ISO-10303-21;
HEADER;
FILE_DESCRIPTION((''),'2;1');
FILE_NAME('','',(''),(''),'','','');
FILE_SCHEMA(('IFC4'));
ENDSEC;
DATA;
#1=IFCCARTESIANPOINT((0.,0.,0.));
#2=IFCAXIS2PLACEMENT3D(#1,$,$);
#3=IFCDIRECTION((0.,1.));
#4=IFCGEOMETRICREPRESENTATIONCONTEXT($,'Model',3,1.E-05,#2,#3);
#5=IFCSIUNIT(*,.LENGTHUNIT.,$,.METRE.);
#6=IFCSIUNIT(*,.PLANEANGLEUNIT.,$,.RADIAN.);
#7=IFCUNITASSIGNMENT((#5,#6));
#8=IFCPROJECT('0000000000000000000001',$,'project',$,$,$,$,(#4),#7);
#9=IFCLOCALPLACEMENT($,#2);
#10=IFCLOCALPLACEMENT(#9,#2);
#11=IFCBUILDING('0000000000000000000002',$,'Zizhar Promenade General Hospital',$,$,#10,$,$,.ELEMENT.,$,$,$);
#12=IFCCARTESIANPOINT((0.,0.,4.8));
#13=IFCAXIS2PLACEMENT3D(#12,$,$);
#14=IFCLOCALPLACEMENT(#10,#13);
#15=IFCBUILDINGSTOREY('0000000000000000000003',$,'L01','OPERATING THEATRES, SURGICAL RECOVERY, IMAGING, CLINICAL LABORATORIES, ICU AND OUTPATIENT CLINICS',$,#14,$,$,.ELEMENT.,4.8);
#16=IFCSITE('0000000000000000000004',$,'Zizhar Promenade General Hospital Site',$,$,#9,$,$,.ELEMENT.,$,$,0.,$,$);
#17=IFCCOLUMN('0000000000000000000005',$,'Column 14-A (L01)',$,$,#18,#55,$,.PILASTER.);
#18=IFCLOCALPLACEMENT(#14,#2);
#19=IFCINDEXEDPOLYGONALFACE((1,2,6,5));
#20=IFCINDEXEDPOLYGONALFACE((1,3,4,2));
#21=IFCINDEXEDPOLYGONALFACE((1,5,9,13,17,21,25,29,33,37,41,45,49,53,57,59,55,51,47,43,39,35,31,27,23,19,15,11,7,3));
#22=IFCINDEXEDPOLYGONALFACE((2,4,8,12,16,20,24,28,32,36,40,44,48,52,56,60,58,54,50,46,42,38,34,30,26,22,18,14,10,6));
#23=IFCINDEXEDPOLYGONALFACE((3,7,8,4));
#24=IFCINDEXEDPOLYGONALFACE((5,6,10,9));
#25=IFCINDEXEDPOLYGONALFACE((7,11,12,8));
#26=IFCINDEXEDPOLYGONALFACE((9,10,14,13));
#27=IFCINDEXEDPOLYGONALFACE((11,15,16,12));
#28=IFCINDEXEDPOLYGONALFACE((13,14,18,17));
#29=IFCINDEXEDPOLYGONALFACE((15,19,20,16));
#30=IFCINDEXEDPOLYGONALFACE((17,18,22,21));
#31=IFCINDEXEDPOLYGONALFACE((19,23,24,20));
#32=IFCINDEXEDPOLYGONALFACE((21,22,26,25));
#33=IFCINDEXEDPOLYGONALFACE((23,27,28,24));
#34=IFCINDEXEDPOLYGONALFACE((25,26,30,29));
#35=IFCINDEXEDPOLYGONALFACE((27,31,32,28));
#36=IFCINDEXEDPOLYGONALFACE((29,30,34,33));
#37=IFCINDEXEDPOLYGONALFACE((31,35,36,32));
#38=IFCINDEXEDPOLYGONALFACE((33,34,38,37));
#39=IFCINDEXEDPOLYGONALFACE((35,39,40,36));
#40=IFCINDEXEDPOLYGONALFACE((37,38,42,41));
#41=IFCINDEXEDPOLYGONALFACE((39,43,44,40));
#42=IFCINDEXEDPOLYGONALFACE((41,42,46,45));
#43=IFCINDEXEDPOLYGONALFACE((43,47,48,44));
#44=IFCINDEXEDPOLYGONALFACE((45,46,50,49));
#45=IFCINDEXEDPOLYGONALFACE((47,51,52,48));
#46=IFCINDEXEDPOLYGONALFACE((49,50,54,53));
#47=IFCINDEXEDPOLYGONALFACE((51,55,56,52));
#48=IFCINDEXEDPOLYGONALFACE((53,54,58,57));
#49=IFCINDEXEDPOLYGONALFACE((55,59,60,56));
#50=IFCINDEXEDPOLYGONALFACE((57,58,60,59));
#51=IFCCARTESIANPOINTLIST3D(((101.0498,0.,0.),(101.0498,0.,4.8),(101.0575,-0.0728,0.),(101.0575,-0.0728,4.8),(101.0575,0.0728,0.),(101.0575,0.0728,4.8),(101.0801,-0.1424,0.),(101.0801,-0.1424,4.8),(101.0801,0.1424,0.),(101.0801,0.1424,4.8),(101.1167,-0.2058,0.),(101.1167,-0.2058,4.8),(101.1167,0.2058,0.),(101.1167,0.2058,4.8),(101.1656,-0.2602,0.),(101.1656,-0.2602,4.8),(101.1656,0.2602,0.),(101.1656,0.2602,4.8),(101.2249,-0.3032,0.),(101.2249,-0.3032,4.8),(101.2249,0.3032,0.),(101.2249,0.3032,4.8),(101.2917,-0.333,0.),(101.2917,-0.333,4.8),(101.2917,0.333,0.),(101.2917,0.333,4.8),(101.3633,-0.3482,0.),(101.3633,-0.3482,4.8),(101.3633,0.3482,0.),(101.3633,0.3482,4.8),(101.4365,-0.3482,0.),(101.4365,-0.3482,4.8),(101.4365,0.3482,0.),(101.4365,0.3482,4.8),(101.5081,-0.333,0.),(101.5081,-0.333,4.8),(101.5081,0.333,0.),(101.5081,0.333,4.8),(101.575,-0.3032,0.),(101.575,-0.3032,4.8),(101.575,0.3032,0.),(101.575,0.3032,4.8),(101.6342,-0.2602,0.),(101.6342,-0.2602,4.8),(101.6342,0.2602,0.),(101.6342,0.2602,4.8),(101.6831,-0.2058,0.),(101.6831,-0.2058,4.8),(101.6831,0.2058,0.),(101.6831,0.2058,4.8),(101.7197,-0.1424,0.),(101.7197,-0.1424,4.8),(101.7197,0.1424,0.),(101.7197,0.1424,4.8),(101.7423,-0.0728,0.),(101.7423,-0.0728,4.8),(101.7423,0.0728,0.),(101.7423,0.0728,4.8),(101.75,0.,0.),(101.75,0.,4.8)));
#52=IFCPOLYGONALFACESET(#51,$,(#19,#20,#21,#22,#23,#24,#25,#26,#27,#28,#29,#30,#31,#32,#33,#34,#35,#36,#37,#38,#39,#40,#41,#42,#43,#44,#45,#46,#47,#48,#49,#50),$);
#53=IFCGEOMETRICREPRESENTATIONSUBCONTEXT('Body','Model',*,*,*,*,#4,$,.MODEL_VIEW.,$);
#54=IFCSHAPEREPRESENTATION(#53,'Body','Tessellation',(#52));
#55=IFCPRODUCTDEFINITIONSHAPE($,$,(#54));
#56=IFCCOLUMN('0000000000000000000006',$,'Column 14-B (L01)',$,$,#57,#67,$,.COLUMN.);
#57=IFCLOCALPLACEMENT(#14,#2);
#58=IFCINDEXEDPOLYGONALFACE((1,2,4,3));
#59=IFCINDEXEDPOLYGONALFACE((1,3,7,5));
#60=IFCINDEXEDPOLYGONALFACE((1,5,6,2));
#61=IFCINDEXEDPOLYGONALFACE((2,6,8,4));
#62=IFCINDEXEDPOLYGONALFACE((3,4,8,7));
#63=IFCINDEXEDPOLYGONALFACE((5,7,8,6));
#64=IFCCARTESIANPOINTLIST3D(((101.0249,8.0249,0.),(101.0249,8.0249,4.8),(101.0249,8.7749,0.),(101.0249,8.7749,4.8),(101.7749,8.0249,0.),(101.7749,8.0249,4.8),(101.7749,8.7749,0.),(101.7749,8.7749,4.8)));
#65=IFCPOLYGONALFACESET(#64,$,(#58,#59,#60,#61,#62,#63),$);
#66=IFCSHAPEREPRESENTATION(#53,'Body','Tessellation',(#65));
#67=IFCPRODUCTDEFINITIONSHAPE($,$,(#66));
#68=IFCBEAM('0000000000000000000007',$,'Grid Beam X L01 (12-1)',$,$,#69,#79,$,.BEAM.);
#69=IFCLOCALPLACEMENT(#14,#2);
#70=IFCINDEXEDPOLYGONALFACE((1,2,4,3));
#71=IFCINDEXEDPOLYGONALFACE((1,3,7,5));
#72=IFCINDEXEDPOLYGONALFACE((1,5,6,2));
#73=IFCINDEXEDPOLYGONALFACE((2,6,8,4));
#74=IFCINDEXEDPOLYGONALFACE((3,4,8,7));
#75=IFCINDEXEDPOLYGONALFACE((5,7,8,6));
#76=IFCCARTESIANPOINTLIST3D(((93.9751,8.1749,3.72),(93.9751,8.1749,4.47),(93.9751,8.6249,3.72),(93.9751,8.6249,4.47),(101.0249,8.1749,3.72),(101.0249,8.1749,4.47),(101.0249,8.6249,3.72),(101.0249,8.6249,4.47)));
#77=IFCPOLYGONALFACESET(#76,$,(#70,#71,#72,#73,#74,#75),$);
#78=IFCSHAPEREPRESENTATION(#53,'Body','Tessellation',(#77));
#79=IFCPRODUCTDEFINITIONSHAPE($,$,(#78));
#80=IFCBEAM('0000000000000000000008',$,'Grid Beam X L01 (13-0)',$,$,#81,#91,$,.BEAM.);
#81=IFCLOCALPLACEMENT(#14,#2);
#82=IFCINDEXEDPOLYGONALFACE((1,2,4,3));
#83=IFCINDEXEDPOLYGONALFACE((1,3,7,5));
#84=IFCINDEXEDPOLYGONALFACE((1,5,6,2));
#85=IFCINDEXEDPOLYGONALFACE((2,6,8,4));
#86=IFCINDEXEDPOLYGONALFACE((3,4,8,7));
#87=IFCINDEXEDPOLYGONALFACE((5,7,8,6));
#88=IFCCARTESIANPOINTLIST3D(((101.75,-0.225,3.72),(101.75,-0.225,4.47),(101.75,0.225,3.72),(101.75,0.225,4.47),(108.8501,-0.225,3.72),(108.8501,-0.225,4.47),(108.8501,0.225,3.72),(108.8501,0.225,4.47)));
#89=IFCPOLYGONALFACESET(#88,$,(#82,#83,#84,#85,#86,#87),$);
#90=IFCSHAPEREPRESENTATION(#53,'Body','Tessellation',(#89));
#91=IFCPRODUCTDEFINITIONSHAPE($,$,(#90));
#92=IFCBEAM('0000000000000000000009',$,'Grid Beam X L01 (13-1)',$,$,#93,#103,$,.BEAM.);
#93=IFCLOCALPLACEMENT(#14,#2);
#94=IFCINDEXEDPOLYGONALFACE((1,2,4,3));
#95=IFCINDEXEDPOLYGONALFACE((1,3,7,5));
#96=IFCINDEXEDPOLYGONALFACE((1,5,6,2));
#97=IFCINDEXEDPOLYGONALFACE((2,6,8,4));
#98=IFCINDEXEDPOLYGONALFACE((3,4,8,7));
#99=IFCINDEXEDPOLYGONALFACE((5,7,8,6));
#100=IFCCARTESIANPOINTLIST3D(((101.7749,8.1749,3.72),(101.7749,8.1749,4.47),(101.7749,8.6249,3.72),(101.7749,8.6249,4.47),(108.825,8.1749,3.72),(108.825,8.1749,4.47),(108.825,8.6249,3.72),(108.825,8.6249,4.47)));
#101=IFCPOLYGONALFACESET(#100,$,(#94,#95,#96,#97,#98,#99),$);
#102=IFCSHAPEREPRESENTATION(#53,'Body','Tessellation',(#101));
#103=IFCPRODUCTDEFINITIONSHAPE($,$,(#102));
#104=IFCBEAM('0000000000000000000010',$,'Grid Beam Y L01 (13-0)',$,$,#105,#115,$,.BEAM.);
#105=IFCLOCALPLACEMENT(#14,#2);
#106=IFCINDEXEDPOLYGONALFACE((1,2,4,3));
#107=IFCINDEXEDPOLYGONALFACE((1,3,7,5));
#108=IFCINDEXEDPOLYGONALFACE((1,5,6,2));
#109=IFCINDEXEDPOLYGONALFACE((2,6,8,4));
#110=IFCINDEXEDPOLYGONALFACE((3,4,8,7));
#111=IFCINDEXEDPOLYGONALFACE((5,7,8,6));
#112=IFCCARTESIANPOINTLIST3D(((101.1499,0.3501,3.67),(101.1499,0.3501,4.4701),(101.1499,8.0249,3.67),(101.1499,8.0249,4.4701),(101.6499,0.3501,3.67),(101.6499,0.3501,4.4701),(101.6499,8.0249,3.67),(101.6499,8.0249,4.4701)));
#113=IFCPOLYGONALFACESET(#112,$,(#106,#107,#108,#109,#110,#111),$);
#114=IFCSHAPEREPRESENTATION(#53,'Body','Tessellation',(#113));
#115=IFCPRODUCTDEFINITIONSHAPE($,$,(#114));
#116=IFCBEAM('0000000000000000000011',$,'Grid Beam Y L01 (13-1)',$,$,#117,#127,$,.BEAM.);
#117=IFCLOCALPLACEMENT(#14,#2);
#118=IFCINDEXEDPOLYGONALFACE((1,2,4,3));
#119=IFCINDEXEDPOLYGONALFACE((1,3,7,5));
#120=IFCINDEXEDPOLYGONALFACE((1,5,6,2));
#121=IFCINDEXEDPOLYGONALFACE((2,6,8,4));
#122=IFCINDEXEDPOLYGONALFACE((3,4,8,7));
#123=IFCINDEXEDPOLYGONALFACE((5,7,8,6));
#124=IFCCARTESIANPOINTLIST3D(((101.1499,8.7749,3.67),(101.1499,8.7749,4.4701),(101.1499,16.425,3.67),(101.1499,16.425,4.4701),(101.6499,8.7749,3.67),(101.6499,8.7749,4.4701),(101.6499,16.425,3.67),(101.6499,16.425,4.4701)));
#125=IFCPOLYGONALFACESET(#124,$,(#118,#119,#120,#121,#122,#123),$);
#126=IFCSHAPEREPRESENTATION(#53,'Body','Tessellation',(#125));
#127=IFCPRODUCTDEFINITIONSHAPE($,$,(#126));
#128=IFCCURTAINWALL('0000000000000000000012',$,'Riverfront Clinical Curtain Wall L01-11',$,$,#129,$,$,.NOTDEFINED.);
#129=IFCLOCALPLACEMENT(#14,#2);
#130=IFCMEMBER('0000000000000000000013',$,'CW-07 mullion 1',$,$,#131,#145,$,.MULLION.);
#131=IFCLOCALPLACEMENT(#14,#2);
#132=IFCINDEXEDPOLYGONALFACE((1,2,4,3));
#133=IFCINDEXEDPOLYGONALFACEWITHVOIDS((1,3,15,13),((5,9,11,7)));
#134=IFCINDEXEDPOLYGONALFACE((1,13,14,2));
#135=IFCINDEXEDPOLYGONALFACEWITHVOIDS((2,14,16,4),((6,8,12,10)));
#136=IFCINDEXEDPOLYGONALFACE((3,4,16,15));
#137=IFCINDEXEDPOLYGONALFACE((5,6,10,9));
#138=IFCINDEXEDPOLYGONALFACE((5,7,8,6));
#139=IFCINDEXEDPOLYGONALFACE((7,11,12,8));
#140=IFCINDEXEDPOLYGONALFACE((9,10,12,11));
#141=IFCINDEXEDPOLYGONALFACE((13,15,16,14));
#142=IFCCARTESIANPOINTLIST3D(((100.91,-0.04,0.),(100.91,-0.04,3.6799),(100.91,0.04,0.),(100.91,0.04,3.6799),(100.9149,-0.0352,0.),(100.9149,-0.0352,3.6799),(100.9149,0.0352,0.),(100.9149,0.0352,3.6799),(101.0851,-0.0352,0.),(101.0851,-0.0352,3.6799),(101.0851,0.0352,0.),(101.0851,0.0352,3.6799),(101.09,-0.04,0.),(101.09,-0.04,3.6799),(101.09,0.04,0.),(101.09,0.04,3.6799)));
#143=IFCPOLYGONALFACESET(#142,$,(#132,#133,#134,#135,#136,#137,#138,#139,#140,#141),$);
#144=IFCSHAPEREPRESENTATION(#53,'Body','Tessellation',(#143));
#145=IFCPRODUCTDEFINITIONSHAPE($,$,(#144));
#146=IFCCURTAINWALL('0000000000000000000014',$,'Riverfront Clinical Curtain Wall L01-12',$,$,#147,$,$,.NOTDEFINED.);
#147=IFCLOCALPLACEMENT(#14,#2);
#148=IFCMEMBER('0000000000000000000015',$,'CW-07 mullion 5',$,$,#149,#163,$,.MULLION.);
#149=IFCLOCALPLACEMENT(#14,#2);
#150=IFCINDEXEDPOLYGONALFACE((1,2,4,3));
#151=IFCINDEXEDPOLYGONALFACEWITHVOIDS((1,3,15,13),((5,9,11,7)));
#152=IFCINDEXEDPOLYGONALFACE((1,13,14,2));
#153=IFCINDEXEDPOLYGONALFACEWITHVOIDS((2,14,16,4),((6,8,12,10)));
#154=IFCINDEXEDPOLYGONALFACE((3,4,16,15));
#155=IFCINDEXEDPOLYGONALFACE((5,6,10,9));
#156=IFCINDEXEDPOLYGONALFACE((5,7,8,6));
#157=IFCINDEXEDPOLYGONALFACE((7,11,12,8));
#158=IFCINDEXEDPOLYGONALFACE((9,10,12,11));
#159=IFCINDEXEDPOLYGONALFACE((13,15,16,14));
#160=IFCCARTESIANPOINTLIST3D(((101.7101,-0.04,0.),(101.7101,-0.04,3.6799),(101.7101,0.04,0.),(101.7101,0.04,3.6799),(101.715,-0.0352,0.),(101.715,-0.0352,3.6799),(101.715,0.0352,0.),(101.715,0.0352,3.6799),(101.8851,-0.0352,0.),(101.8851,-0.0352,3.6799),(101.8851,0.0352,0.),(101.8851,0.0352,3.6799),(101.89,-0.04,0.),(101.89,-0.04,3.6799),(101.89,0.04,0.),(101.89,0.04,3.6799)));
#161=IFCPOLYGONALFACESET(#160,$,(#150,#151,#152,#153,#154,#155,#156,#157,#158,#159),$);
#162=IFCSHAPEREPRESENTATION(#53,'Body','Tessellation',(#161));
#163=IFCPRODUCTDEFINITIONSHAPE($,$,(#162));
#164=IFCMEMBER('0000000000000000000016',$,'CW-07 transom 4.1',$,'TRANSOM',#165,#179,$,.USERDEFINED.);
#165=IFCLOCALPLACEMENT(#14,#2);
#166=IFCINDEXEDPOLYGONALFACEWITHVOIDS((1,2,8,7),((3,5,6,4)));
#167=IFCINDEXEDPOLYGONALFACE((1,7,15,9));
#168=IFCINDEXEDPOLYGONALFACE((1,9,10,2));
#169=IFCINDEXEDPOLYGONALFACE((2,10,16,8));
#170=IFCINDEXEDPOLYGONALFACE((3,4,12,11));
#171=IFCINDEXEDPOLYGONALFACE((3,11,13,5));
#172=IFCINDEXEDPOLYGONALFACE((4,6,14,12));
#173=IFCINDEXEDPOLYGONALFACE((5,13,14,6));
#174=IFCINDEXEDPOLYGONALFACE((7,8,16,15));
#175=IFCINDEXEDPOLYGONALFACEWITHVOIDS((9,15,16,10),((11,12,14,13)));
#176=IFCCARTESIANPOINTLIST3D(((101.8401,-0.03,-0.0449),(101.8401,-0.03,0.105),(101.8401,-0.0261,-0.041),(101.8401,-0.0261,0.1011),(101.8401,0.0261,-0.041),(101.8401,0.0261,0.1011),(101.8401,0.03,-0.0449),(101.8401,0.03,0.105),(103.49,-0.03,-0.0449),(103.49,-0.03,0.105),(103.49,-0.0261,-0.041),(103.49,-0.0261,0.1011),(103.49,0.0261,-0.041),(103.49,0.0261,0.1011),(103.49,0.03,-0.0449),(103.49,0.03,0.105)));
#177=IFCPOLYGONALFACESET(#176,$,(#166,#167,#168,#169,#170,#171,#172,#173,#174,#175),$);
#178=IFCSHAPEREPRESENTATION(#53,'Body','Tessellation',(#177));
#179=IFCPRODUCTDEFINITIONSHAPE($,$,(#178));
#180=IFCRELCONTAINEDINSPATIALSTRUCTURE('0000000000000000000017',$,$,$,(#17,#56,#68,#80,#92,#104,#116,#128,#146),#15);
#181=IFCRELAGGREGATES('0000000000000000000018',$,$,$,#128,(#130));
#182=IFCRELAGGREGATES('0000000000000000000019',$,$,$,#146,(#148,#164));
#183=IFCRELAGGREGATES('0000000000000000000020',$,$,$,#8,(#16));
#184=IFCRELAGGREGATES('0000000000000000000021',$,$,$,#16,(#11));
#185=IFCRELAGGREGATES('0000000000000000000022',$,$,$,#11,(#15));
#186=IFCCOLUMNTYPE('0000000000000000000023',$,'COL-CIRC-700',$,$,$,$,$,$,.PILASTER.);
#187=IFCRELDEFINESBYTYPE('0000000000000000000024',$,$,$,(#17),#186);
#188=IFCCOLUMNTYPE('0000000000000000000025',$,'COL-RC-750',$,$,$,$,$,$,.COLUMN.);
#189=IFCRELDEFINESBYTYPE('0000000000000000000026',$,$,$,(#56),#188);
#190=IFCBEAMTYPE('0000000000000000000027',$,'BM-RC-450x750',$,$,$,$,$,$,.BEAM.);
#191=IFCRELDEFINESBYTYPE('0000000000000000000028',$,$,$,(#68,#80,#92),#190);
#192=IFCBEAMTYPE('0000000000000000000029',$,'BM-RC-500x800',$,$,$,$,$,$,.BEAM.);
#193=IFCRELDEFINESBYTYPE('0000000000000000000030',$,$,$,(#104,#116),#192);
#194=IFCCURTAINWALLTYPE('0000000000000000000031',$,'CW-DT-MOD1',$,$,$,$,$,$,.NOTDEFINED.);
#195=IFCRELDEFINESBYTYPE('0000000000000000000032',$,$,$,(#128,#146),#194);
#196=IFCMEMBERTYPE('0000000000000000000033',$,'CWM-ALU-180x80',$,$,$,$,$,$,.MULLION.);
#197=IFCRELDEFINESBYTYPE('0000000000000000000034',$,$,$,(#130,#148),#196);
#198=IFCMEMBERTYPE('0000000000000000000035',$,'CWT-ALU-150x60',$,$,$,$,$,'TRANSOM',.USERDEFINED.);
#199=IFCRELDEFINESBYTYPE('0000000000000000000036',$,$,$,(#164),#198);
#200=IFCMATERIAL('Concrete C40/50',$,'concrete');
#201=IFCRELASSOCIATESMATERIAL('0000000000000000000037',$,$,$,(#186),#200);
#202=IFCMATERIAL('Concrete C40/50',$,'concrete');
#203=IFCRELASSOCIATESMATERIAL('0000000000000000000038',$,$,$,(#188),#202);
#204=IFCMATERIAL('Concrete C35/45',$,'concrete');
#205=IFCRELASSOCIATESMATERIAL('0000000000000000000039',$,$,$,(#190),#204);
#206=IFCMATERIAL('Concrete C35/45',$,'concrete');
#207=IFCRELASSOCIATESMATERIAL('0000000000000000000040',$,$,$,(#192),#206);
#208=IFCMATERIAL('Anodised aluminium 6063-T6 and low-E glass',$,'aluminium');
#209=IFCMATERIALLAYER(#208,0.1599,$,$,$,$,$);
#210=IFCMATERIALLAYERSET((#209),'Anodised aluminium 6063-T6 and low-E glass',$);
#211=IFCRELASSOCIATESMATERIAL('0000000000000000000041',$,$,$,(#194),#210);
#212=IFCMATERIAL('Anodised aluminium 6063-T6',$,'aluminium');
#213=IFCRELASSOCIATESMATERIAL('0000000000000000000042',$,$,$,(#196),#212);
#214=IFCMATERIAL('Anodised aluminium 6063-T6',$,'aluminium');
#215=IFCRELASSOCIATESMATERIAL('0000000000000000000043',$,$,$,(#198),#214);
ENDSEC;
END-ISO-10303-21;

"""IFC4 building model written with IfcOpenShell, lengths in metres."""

from ifc_helpers import new_model, si_unit, direction, frame, origin, origin_2d, place, context, subcontext, project, spatial, rectangle, hollow_rectangle, circle, extrude, material, layer, layer_set, material_profile, profile_set, type_object, element, aggregate, save


model = new_model("IFC4")

# Units and contexts
model_context = context("Model", 3, precision=1e-05, world=origin(), true_north=direction((0.0, 1.0)))
body_context = subcontext(model_context, "Body", "Model", "MODEL_VIEW")
ifc_project = project(units=[si_unit("LENGTHUNIT", "METRE"), si_unit("PLANEANGLEUNIT", "RADIAN")], contexts=[model_context])

# Site, building, storey
site_placement = place(None, origin())
site = spatial("IfcSite", under=ifc_project, at=site_placement, Name="Zizhar Promenade General Hospital Site", CompositionType="ELEMENT", RefElevation=0.0)
building_placement = place(site_placement, origin())
building = spatial("IfcBuilding", under=site, at=building_placement, Name="Zizhar Promenade General Hospital", CompositionType="ELEMENT")
storey_placement = place(building_placement, frame((0.0, 0.0, 4.8)))
storey = spatial("IfcBuildingStorey", under=building, at=storey_placement, Name="L01", Description="OPERATING THEATRES, SURGICAL RECOVERY, IMAGING, CLINICAL LABORATORIES, ICU AND OUTPATIENT CLINICS", CompositionType="ELEMENT", Elevation=4.8)

# Columns
ifc_material_1 = material(Name="Concrete C40/50", Category="concrete")
ifc_material_profile_1 = material_profile(ifc_material_1, circle(Radius=0.3501, at=origin_2d()))
ifc_profile_set_1 = profile_set([ifc_material_profile_1], Name="Concrete C40/50")
column_type_1 = type_object("IfcColumnType", Name="COL-CIRC-700", PredefinedType="PILASTER", material=ifc_profile_set_1)
column_1_placement = place(storey_placement, frame((101.3999, 0.0, 0.0), z_axis=(0.0, 0.0, 1.0), x_axis=(1.0, 0.0, 0.0)))
element("IfcColumn", 1, at=column_1_placement, inside=storey, type_object=column_type_1, Name="Column 14-A (L01)", PredefinedType="PILASTER", context=body_context, shape_type="SweptSolid", body=[
    extrude(circle(Radius=0.3501, at=origin_2d()), origin(), (0.0, 0.0, 1.0), 4.8),
])
ifc_material_2 = material(Name="Concrete C40/50", Category="concrete")
ifc_material_profile_2 = material_profile(ifc_material_2, rectangle(XDim=0.75, YDim=0.75, at=origin_2d()))
ifc_profile_set_2 = profile_set([ifc_material_profile_2], Name="Concrete C40/50")
column_type_2 = type_object("IfcColumnType", Name="COL-RC-750", PredefinedType="COLUMN", material=ifc_profile_set_2)
column_2_placement = place(storey_placement, frame((101.3999, 8.3999, 0.0), z_axis=(0.0, 0.0, 1.0), x_axis=(1.0, 0.0, 0.0)))
element("IfcColumn", 2, at=column_2_placement, inside=storey, type_object=column_type_2, Name="Column 14-B (L01)", PredefinedType="COLUMN", context=body_context, shape_type="SweptSolid", body=[
    extrude(rectangle(XDim=0.75, YDim=0.75, at=origin_2d()), origin(), (0.0, 0.0, 1.0), 4.8),
])

# Beams
ifc_material_3 = material(Name="Concrete C35/45", Category="concrete")
ifc_material_profile_3 = material_profile(ifc_material_3, rectangle(XDim=0.45, YDim=0.75, at=origin_2d()))
ifc_profile_set_3 = profile_set([ifc_material_profile_3], Name="Concrete C35/45")
beam_type_1 = type_object("IfcBeamType", Name="BM-RC-450x750", PredefinedType="BEAM", material=ifc_profile_set_3)
beam_1_placement = place(storey_placement, frame((93.9751, 8.3999, 4.095), z_axis=(1.0, 0.0, 0.0), x_axis=(0.0, 1.0, 0.0)))
element("IfcBeam", 3, at=beam_1_placement, inside=storey, type_object=beam_type_1, Name="Grid Beam X L01 (12-1)", PredefinedType="BEAM", context=body_context, shape_type="SweptSolid", body=[
    extrude(rectangle(XDim=0.45, YDim=0.75, at=origin_2d()), origin(), (0.0, 0.0, 1.0), 7.0498),
])
beam_2_placement = place(storey_placement, frame((101.75, 0.0, 4.095), z_axis=(1.0, 0.0, 0.0), x_axis=(0.0, 1.0, 0.0)))
element("IfcBeam", 4, at=beam_2_placement, inside=storey, type_object=beam_type_1, Name="Grid Beam X L01 (13-0)", PredefinedType="BEAM", context=body_context, shape_type="SweptSolid", body=[
    extrude(rectangle(XDim=0.45, YDim=0.75, at=origin_2d()), origin(), (0.0, 0.0, 1.0), 7.1001),
])
beam_3_placement = place(storey_placement, frame((101.7749, 8.3999, 4.095), z_axis=(1.0, 0.0, 0.0), x_axis=(0.0, 1.0, 0.0)))
element("IfcBeam", 5, at=beam_3_placement, inside=storey, type_object=beam_type_1, Name="Grid Beam X L01 (13-1)", PredefinedType="BEAM", context=body_context, shape_type="SweptSolid", body=[
    extrude(rectangle(XDim=0.45, YDim=0.75, at=origin_2d()), origin(), (0.0, 0.0, 1.0), 7.05),
])
ifc_material_4 = material(Name="Concrete C35/45", Category="concrete")
ifc_material_profile_4 = material_profile(ifc_material_4, rectangle(XDim=0.5, YDim=0.8, at=origin_2d()))
ifc_profile_set_4 = profile_set([ifc_material_profile_4], Name="Concrete C35/45")
beam_type_2 = type_object("IfcBeamType", Name="BM-RC-500x800", PredefinedType="BEAM", material=ifc_profile_set_4)
beam_4_placement = place(storey_placement, frame((101.3999, 0.3501, 4.0701), z_axis=(0.0, 1.0, 0.0), x_axis=(-1.0, 0.0, 0.0)))
element("IfcBeam", 6, at=beam_4_placement, inside=storey, type_object=beam_type_2, Name="Grid Beam Y L01 (13-0)", PredefinedType="BEAM", context=body_context, shape_type="SweptSolid", body=[
    extrude(rectangle(XDim=0.5, YDim=0.8, at=origin_2d()), origin(), (0.0, 0.0, 1.0), 7.6748),
])
beam_5_placement = place(storey_placement, frame((101.3999, 8.7749, 4.0701), z_axis=(0.0, 1.0, 0.0), x_axis=(-1.0, 0.0, 0.0)))
element("IfcBeam", 7, at=beam_5_placement, inside=storey, type_object=beam_type_2, Name="Grid Beam Y L01 (13-1)", PredefinedType="BEAM", context=body_context, shape_type="SweptSolid", body=[
    extrude(rectangle(XDim=0.5, YDim=0.8, at=origin_2d()), origin(), (0.0, 0.0, 1.0), 7.6501),
])

# Curtain wall, member
ifc_material_5 = material(Name="Anodised aluminium 6063-T6 and low-E glass", Category="aluminium")
ifc_layer_1 = layer(ifc_material_5, 0.1599)
ifc_layer_set_1 = layer_set([ifc_layer_1], Name="Anodised aluminium 6063-T6 and low-E glass")
curtain_wall_type = type_object("IfcCurtainWallType", Name="CW-DT-MOD1", PredefinedType="NOTDEFINED", material=ifc_layer_set_1)
curtain_wall_1_placement = place(storey_placement, origin())
curtain_wall_1 = element("IfcCurtainWall", 8, at=curtain_wall_1_placement, inside=storey, type_object=curtain_wall_type, Name="Riverfront Clinical Curtain Wall L01-11", PredefinedType="NOTDEFINED")
ifc_material_6 = material(Name="Anodised aluminium 6063-T6", Category="aluminium")
ifc_material_profile_5 = material_profile(ifc_material_6, hollow_rectangle(XDim=0.0801, YDim=0.1799, WallThickness=0.0049, at=origin_2d()))
ifc_profile_set_5 = profile_set([ifc_material_profile_5], Name="Anodised aluminium 6063-T6")
member_type_1 = type_object("IfcMemberType", Name="CWM-ALU-180x80", PredefinedType="MULLION", material=ifc_profile_set_5)
member_1_placement = place(storey_placement, frame((101.0, 0.0, 0.0), z_axis=(0.0, 0.0, 1.0), x_axis=(0.0, -1.0, 0.0)))
member_1 = element("IfcMember", 9, at=member_1_placement, type_object=member_type_1, Name="CW-07 mullion 1", PredefinedType="MULLION", context=body_context, shape_type="SweptSolid", body=[
    extrude(hollow_rectangle(XDim=0.0801, YDim=0.1799, WallThickness=0.0049, at=origin_2d()), origin(), (0.0, 0.0, 1.0), 3.6799),
])
aggregate(curtain_wall_1, [member_1])

# Curtain wall, members
curtain_wall_2_placement = place(storey_placement, origin())
curtain_wall_2 = element("IfcCurtainWall", 10, at=curtain_wall_2_placement, inside=storey, type_object=curtain_wall_type, Name="Riverfront Clinical Curtain Wall L01-12", PredefinedType="NOTDEFINED")
member_2_placement = place(storey_placement, frame((101.8, 0.0, 0.0), z_axis=(0.0, 0.0, 1.0), x_axis=(0.0, -1.0, 0.0)))
member_2 = element("IfcMember", 11, at=member_2_placement, type_object=member_type_1, Name="CW-07 mullion 5", PredefinedType="MULLION", context=body_context, shape_type="SweptSolid", body=[
    extrude(hollow_rectangle(XDim=0.0801, YDim=0.1799, WallThickness=0.0049, at=origin_2d()), origin(), (0.0, 0.0, 1.0), 3.6799),
])
ifc_material_7 = material(Name="Anodised aluminium 6063-T6", Category="aluminium")
ifc_material_profile_6 = material_profile(ifc_material_7, hollow_rectangle(XDim=0.0601, YDim=0.1499, WallThickness=0.0039, at=origin_2d()))
ifc_profile_set_6 = profile_set([ifc_material_profile_6], Name="Anodised aluminium 6063-T6")
member_type_2 = type_object("IfcMemberType", Name="CWT-ALU-150x60", ElementType="TRANSOM", PredefinedType="USERDEFINED", material=ifc_profile_set_6)
member_3_placement = place(storey_placement, frame((103.49, 0.0, 0.03), z_axis=(-1.0, 0.0, 0.0), x_axis=(0.0, -1.0, 0.0)))
member_3 = element("IfcMember", 12, at=member_3_placement, type_object=member_type_2, Name="CW-07 transom 4.1", ObjectType="TRANSOM", PredefinedType="USERDEFINED", context=body_context, shape_type="SweptSolid", body=[
    extrude(hollow_rectangle(XDim=0.0601, YDim=0.1499, WallThickness=0.0039, at=origin_2d()), origin(), (0.0, 0.0, 1.0), 1.6499),
])
aggregate(curtain_wall_2, [member_2, member_3])

save(model, "model.ifc")
